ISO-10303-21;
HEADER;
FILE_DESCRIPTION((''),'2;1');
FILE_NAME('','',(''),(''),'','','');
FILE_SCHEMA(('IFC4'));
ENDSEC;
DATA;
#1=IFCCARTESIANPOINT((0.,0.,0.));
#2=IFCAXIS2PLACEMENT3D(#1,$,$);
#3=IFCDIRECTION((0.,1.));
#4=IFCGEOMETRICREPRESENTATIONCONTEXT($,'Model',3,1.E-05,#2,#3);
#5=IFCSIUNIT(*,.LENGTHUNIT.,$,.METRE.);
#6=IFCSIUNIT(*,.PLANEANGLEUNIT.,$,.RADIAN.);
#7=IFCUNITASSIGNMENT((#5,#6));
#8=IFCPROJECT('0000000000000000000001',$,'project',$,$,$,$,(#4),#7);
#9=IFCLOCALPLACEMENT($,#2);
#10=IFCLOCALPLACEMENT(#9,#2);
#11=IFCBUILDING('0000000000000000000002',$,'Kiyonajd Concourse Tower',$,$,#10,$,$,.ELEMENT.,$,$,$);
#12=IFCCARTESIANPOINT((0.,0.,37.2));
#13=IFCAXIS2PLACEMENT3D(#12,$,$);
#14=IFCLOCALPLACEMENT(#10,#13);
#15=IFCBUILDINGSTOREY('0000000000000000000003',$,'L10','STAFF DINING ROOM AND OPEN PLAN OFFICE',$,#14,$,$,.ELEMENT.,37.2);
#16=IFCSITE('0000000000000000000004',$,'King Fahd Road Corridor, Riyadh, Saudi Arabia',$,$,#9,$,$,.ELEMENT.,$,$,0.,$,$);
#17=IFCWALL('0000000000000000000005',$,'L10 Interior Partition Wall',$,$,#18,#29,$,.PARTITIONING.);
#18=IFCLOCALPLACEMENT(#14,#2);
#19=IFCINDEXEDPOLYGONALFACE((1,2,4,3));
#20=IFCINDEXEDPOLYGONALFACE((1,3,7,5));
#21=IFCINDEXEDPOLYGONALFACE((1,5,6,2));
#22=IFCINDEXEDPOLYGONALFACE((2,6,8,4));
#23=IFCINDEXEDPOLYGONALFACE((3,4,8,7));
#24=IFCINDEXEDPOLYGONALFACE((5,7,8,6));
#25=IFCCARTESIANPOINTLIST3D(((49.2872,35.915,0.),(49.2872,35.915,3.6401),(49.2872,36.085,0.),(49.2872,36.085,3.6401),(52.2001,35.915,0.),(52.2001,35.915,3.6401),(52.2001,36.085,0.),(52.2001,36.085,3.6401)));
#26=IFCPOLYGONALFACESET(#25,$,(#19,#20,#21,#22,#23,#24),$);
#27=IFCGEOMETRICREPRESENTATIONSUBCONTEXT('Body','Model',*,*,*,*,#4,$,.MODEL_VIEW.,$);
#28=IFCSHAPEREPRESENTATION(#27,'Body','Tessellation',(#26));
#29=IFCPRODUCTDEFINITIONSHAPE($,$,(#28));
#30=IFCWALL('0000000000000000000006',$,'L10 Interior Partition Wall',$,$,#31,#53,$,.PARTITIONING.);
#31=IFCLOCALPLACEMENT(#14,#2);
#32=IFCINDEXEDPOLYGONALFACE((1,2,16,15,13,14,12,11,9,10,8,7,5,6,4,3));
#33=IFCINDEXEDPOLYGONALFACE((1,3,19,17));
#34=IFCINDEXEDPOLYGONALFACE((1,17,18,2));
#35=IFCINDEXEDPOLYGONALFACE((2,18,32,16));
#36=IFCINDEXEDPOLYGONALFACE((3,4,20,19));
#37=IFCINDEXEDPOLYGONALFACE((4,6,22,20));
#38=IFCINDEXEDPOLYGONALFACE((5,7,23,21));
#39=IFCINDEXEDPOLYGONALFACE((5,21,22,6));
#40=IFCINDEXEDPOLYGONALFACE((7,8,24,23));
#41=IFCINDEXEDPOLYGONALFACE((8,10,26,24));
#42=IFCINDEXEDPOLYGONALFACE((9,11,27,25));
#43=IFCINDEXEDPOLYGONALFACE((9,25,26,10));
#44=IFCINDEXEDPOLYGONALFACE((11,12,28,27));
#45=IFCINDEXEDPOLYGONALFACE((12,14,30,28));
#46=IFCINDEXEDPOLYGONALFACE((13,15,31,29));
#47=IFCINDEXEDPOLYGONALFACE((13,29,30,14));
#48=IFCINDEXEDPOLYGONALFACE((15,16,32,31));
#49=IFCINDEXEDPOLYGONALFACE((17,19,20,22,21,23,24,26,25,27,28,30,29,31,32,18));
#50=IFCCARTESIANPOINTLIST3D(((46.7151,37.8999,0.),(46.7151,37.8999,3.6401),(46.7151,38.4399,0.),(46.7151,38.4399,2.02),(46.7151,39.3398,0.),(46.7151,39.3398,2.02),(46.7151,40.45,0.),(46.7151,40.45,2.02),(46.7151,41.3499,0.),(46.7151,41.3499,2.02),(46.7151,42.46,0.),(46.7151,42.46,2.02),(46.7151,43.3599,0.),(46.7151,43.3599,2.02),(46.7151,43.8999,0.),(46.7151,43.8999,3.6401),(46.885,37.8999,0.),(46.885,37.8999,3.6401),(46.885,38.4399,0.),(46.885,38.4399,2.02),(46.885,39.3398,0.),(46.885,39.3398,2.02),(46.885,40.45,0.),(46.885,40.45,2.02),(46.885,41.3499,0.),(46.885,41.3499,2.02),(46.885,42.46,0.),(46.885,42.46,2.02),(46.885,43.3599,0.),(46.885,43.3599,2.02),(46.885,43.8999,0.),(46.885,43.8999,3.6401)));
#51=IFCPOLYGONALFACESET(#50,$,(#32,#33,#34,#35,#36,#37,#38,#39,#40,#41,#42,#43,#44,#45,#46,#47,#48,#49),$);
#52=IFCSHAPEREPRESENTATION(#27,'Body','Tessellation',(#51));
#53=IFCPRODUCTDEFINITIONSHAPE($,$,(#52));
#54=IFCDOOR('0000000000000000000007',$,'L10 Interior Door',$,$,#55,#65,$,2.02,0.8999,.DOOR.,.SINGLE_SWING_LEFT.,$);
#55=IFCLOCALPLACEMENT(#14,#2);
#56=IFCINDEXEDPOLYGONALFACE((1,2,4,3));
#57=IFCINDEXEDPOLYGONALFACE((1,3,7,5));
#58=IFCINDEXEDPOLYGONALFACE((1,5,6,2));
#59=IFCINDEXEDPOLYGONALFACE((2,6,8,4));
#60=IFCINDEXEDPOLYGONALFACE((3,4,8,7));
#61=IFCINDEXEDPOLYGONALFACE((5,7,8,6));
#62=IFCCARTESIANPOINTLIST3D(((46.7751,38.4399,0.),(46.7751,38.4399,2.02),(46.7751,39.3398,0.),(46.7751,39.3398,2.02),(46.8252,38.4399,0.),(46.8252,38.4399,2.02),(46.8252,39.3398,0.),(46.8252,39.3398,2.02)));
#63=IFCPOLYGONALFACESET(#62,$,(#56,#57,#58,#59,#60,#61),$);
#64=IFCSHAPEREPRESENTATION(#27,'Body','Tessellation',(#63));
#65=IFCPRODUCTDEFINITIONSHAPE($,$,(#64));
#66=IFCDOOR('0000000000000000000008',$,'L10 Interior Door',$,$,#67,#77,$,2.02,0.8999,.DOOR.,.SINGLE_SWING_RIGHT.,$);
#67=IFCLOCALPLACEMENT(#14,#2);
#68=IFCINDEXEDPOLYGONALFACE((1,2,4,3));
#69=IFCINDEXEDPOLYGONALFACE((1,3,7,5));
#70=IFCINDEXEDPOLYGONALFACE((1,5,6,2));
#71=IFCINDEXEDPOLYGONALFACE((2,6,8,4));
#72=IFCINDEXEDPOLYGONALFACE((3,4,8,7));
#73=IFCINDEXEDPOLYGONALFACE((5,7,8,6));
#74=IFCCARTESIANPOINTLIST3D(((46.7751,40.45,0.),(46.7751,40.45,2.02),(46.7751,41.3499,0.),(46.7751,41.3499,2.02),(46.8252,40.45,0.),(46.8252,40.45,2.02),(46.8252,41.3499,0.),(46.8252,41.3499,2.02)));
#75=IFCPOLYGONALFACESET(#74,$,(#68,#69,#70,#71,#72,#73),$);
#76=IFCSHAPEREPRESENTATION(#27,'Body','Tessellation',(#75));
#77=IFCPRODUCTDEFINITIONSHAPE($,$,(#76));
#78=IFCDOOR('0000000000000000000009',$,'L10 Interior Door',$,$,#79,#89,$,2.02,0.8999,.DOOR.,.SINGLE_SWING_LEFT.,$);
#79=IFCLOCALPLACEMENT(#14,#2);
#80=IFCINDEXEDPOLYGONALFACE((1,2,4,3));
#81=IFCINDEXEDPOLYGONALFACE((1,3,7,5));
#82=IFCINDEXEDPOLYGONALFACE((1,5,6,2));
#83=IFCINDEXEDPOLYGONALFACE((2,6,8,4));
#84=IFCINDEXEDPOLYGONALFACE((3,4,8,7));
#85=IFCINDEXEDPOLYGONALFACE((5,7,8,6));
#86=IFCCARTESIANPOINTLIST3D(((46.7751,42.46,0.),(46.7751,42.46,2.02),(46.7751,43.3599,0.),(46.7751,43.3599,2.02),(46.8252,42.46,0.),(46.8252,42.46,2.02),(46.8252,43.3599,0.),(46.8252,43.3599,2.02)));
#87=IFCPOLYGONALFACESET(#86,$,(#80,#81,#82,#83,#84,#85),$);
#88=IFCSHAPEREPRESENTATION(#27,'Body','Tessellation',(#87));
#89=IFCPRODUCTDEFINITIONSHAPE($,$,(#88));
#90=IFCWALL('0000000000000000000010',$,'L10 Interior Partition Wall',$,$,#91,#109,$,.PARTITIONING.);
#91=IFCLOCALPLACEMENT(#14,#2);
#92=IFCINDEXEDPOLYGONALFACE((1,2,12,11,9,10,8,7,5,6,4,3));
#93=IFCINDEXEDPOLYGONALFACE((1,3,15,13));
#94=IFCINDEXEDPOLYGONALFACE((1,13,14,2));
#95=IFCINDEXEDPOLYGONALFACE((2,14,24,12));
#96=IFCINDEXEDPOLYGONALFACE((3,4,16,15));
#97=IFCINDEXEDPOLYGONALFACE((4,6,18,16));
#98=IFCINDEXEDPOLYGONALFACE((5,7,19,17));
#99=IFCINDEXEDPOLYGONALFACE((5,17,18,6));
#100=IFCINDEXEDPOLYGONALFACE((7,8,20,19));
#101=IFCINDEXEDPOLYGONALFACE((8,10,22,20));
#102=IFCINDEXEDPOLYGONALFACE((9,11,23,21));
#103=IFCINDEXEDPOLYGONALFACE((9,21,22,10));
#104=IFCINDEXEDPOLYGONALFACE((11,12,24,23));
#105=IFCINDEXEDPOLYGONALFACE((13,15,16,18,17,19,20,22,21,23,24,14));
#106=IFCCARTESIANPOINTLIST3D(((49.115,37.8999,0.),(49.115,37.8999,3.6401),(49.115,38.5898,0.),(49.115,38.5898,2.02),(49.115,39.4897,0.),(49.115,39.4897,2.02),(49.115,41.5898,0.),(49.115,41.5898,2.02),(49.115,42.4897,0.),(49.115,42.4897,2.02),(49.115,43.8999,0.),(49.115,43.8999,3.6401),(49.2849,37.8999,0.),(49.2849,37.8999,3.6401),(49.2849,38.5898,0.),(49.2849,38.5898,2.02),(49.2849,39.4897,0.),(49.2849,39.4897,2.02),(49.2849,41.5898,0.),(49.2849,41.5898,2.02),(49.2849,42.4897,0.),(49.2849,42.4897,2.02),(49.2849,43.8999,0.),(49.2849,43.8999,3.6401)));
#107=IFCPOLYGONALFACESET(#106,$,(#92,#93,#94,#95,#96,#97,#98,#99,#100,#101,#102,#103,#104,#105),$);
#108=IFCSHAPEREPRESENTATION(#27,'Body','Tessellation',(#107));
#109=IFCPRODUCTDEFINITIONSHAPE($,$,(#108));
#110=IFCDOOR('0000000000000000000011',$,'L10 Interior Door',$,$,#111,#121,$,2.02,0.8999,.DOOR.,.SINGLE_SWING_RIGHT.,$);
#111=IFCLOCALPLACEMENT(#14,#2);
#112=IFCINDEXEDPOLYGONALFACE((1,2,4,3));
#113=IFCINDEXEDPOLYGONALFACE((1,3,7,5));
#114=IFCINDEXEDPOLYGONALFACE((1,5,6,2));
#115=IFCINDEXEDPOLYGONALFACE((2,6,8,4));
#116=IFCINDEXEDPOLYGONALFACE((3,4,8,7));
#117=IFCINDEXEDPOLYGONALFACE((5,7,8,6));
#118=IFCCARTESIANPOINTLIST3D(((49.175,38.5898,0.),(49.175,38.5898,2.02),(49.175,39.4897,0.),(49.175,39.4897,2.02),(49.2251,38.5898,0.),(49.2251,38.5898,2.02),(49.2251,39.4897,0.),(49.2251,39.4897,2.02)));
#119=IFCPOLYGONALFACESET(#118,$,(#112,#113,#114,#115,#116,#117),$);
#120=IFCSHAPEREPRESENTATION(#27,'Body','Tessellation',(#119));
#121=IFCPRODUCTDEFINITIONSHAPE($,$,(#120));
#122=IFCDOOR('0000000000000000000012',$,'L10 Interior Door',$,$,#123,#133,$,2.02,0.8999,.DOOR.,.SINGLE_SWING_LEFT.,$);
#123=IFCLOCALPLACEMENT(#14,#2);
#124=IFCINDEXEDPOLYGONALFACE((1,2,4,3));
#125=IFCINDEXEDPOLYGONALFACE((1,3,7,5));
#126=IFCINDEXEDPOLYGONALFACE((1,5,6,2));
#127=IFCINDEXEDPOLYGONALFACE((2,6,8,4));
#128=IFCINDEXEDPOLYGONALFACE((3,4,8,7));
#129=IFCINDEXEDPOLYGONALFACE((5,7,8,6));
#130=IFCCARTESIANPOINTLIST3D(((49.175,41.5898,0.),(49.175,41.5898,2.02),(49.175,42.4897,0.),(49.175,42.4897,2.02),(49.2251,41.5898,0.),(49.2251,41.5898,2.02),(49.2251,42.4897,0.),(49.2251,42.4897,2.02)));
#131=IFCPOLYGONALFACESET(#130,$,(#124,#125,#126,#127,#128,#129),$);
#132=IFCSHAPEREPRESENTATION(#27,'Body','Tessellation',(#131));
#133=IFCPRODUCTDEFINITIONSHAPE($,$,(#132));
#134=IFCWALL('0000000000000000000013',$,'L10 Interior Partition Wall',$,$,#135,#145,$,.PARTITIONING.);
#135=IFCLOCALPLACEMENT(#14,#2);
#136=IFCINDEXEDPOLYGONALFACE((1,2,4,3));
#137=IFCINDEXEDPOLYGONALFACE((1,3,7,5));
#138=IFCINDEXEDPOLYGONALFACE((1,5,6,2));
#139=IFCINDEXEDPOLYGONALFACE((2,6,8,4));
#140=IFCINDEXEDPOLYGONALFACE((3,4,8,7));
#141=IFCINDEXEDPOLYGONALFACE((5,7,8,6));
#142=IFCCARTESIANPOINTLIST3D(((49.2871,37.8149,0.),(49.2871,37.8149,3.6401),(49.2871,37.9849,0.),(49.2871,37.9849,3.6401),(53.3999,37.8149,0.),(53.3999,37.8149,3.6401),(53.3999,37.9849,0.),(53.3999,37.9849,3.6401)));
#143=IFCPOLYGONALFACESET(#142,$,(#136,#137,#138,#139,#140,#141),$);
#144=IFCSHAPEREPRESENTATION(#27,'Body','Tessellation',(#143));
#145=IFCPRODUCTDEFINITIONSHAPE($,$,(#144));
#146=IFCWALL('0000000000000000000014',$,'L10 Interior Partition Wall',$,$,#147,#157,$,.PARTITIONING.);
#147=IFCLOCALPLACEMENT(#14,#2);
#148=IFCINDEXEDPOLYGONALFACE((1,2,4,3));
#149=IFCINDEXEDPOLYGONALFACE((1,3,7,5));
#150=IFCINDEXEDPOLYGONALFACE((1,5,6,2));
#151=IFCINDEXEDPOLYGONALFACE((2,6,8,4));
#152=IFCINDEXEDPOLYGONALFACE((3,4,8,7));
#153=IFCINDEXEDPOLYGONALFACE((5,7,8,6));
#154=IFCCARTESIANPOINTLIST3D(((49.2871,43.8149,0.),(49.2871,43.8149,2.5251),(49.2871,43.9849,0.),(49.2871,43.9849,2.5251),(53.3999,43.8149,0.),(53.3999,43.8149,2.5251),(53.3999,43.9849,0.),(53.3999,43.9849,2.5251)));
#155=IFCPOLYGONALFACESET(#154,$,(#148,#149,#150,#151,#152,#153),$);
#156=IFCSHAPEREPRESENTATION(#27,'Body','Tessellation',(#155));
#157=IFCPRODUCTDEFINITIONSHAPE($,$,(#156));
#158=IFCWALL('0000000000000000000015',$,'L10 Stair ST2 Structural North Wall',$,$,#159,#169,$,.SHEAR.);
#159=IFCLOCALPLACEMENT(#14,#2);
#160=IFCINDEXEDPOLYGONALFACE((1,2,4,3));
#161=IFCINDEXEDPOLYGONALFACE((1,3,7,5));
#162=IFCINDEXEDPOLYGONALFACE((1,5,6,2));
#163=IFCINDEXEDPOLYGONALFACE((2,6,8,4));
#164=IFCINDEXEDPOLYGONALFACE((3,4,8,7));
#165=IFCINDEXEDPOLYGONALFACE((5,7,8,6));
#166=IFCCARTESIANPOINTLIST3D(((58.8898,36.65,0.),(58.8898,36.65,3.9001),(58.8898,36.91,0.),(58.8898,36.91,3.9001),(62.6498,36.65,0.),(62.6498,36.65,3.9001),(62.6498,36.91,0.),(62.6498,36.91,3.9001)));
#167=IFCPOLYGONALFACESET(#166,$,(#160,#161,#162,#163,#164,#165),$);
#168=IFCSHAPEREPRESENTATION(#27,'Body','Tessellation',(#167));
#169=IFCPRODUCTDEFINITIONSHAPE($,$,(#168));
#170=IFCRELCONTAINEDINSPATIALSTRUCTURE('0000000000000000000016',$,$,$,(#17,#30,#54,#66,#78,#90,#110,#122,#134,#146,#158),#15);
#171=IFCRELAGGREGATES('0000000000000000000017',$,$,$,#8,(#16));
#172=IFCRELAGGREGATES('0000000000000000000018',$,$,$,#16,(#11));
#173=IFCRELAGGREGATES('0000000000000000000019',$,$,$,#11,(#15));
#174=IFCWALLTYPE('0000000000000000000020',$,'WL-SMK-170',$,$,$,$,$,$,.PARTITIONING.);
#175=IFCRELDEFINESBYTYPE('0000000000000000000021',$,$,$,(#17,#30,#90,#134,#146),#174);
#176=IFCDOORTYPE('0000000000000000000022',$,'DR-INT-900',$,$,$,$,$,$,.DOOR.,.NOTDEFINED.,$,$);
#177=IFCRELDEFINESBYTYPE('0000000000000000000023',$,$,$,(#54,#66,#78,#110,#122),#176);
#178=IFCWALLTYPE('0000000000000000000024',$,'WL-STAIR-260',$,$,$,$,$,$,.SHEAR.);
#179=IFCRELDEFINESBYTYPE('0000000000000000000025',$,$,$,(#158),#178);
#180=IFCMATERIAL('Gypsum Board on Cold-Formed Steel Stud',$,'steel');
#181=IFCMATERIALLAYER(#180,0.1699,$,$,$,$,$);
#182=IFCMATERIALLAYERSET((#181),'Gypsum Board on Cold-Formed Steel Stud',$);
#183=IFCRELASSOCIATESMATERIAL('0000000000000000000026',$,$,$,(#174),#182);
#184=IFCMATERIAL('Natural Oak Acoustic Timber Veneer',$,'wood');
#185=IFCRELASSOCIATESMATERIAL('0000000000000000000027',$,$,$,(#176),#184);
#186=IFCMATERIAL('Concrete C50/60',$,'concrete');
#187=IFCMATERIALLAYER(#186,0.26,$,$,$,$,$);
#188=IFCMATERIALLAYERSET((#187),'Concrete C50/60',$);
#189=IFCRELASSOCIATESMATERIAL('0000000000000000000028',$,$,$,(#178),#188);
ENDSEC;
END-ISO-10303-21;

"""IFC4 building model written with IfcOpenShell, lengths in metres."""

from ifc_helpers import new_model, si_unit, direction, frame, frame_2d, origin, place, context, subcontext, project, spatial, rectangle, extrude, material, layer, layer_set, type_object, element, fill, save


model = new_model("IFC4")

# Units and contexts
model_context = context("Model", 3, precision=1e-05, world=origin(), true_north=direction((0.0, 1.0)))
body_context = subcontext(model_context, "Body", "Model", "MODEL_VIEW")
ifc_project = project(units=[si_unit("LENGTHUNIT", "METRE"), si_unit("PLANEANGLEUNIT", "RADIAN")], contexts=[model_context])

# Site, building, storey
site_placement = place(None, origin())
site = spatial("IfcSite", under=ifc_project, at=site_placement, Name="King Fahd Road Corridor, Riyadh, Saudi Arabia", CompositionType="ELEMENT", RefElevation=0.0)
building_placement = place(site_placement, origin())
building = spatial("IfcBuilding", under=site, at=building_placement, Name="Kiyonajd Concourse Tower", CompositionType="ELEMENT")
storey_placement = place(building_placement, frame((0.0, 0.0, 37.2)))
storey = spatial("IfcBuildingStorey", under=building, at=storey_placement, Name="L10", Description="STAFF DINING ROOM AND OPEN PLAN OFFICE", CompositionType="ELEMENT", Elevation=37.2)

# Shared definitions
ifc_material_1 = material(Name="Concrete C50/60", Category="concrete")

# Wall
ifc_material_2 = material(Name="Gypsum Board on Cold-Formed Steel Stud", Category="steel")
ifc_layer_1 = layer(ifc_material_2, 0.1699)
ifc_layer_set_1 = layer_set([ifc_layer_1], Name="Gypsum Board on Cold-Formed Steel Stud")
wall_type_1 = type_object("IfcWallType", Name="WL-SMK-170", PredefinedType="PARTITIONING", material=ifc_layer_set_1)
wall_1_placement = place(storey_placement, frame((49.2871, 36.0, 0.0), z_axis=(0.0, 0.0, 1.0), x_axis=(1.0, 0.0, 0.0)))
element("IfcWall", 1, at=wall_1_placement, inside=storey, type_object=wall_type_1, Name="L10 Interior Partition Wall", PredefinedType="PARTITIONING", context=body_context, shape_type="SweptSolid", body=[
    extrude(rectangle(XDim=2.9128, YDim=0.1699, at=frame_2d((1.4565, 0.0))), origin(), (0.0, 0.0, 1.0), 3.6401),
])

# Walls, openings, doors
wall_2_placement = place(storey_placement, frame((46.8, 37.8999, 0.0), z_axis=(0.0, 0.0, 1.0), x_axis=(0.0, 1.0, 0.0)))
wall_2 = element("IfcWall", 2, at=wall_2_placement, inside=storey, type_object=wall_type_1, Name="L10 Interior Partition Wall", PredefinedType="PARTITIONING", context=body_context, shape_type="SweptSolid", body=[
    extrude(rectangle(XDim=6.0, YDim=0.1699, at=frame_2d((3.0, 0.0))), origin(), (0.0, 0.0, 1.0), 3.6401),
])
opening_1_placement = place(wall_2_placement, frame((0.54, 0.0, 0.0)))
opening_1 = element("IfcOpeningElement", 3, at=opening_1_placement, cuts=wall_2, PredefinedType="OPENING", context=body_context, shape_type="SweptSolid", body=[
    extrude(rectangle(XDim=0.8999, YDim=2.02, at=frame_2d((0.45, 1.01))), frame((0.0, 0.095, 0.0), z_axis=(0.0, -1.0, 0.0), x_axis=(1.0, 0.0, 0.0)), (0.0, 0.0, 1.0), 0.1899),
])
opening_2_placement = place(wall_2_placement, frame((2.55, 0.0, 0.0)))
opening_2 = element("IfcOpeningElement", 4, at=opening_2_placement, cuts=wall_2, PredefinedType="OPENING", context=body_context, shape_type="SweptSolid", body=[
    extrude(rectangle(XDim=0.8999, YDim=2.02, at=frame_2d((0.45, 1.01))), frame((0.0, 0.095, 0.0), z_axis=(0.0, -1.0, 0.0), x_axis=(1.0, 0.0, 0.0)), (0.0, 0.0, 1.0), 0.1899),
])
opening_3_placement = place(wall_2_placement, frame((4.5601, 0.0, 0.0)))
opening_3 = element("IfcOpeningElement", 5, at=opening_3_placement, cuts=wall_2, PredefinedType="OPENING", context=body_context, shape_type="SweptSolid", body=[
    extrude(rectangle(XDim=0.8999, YDim=2.02, at=frame_2d((0.45, 1.01))), frame((0.0, 0.095, 0.0), z_axis=(0.0, -1.0, 0.0), x_axis=(1.0, 0.0, 0.0)), (0.0, 0.0, 1.0), 0.1899),
])
ifc_material_3 = material(Name="Natural Oak Acoustic Timber Veneer", Category="wood")
door_type_1 = type_object("IfcDoorType", Name="DR-INT-900", OperationType="NOTDEFINED", PredefinedType="DOOR", material=ifc_material_3)
door_1_placement = place(opening_1_placement, origin())
door_1 = element("IfcDoor", 6, at=door_1_placement, inside=storey, type_object=door_type_1, Name="L10 Interior Door", OperationType="SINGLE_SWING_LEFT", OverallHeight=2.02, OverallWidth=0.8999, PredefinedType="DOOR", context=body_context, shape_type="SweptSolid", body=[
    extrude(rectangle(XDim=0.8999, YDim=2.02, at=frame_2d((0.45, 1.01))), frame((0.0, 0.0249, 0.0), z_axis=(0.0, -1.0, 0.0), x_axis=(1.0, 0.0, 0.0)), (0.0, 0.0, 1.0), 0.05),
])
fill(opening_1, door_1)
door_2_placement = place(opening_2_placement, origin())
door_2 = element("IfcDoor", 7, at=door_2_placement, inside=storey, type_object=door_type_1, Name="L10 Interior Door", OperationType="SINGLE_SWING_RIGHT", OverallHeight=2.02, OverallWidth=0.8999, PredefinedType="DOOR", context=body_context, shape_type="SweptSolid", body=[
    extrude(rectangle(XDim=0.8999, YDim=2.02, at=frame_2d((0.45, 1.01))), frame((0.0, 0.0249, 0.0), z_axis=(0.0, -1.0, 0.0), x_axis=(1.0, 0.0, 0.0)), (0.0, 0.0, 1.0), 0.05),
])
fill(opening_2, door_2)
door_3_placement = place(opening_3_placement, origin())
door_3 = element("IfcDoor", 8, at=door_3_placement, inside=storey, type_object=door_type_1, Name="L10 Interior Door", OperationType="SINGLE_SWING_LEFT", OverallHeight=2.02, OverallWidth=0.8999, PredefinedType="DOOR", context=body_context, shape_type="SweptSolid", body=[
    extrude(rectangle(XDim=0.8999, YDim=2.02, at=frame_2d((0.45, 1.01))), frame((0.0, 0.0249, 0.0), z_axis=(0.0, -1.0, 0.0), x_axis=(1.0, 0.0, 0.0)), (0.0, 0.0, 1.0), 0.05),
])
fill(opening_3, door_3)
wall_3_placement = place(storey_placement, frame((49.2, 37.8999, 0.0), z_axis=(0.0, 0.0, 1.0), x_axis=(0.0, 1.0, 0.0)))
wall_3 = element("IfcWall", 9, at=wall_3_placement, inside=storey, type_object=wall_type_1, Name="L10 Interior Partition Wall", PredefinedType="PARTITIONING", context=body_context, shape_type="SweptSolid", body=[
    extrude(rectangle(XDim=6.0, YDim=0.1699, at=frame_2d((3.0, 0.0))), origin(), (0.0, 0.0, 1.0), 3.6401),
])
opening_4_placement = place(wall_3_placement, frame((0.6899, 0.0, 0.0)))
opening_4 = element("IfcOpeningElement", 10, at=opening_4_placement, cuts=wall_3, PredefinedType="OPENING", context=body_context, shape_type="SweptSolid", body=[
    extrude(rectangle(XDim=0.8999, YDim=2.02, at=frame_2d((0.45, 1.01))), frame((0.0, 0.095, 0.0), z_axis=(0.0, -1.0, 0.0), x_axis=(1.0, 0.0, 0.0)), (0.0, 0.0, 1.0), 0.1899),
])
opening_5_placement = place(wall_3_placement, frame((3.6899, 0.0, 0.0)))
opening_5 = element("IfcOpeningElement", 11, at=opening_5_placement, cuts=wall_3, PredefinedType="OPENING", context=body_context, shape_type="SweptSolid", body=[
    extrude(rectangle(XDim=0.8999, YDim=2.02, at=frame_2d((0.45, 1.01))), frame((0.0, 0.095, 0.0), z_axis=(0.0, -1.0, 0.0), x_axis=(1.0, 0.0, 0.0)), (0.0, 0.0, 1.0), 0.1899),
])
door_4_placement = place(opening_4_placement, origin())
door_4 = element("IfcDoor", 12, at=door_4_placement, inside=storey, type_object=door_type_1, Name="L10 Interior Door", OperationType="SINGLE_SWING_RIGHT", OverallHeight=2.02, OverallWidth=0.8999, PredefinedType="DOOR", context=body_context, shape_type="SweptSolid", body=[
    extrude(rectangle(XDim=0.8999, YDim=2.02, at=frame_2d((0.45, 1.01))), frame((0.0, 0.0249, 0.0), z_axis=(0.0, -1.0, 0.0), x_axis=(1.0, 0.0, 0.0)), (0.0, 0.0, 1.0), 0.05),
])
fill(opening_4, door_4)
door_5_placement = place(opening_5_placement, origin())
door_5 = element("IfcDoor", 13, at=door_5_placement, inside=storey, type_object=door_type_1, Name="L10 Interior Door", OperationType="SINGLE_SWING_LEFT", OverallHeight=2.02, OverallWidth=0.8999, PredefinedType="DOOR", context=body_context, shape_type="SweptSolid", body=[
    extrude(rectangle(XDim=0.8999, YDim=2.02, at=frame_2d((0.45, 1.01))), frame((0.0, 0.0249, 0.0), z_axis=(0.0, -1.0, 0.0), x_axis=(1.0, 0.0, 0.0)), (0.0, 0.0, 1.0), 0.05),
])
fill(opening_5, door_5)

# Walls
wall_4_placement = place(storey_placement, frame((49.2871, 37.8999, 0.0), z_axis=(0.0, 0.0, 1.0), x_axis=(1.0, 0.0, 0.0)))
element("IfcWall", 14, at=wall_4_placement, inside=storey, type_object=wall_type_1, Name="L10 Interior Partition Wall", PredefinedType="PARTITIONING", context=body_context, shape_type="SweptSolid", body=[
    extrude(rectangle(XDim=4.1128, YDim=0.1699, at=frame_2d((2.0564, 0.0))), origin(), (0.0, 0.0, 1.0), 3.6401),
])
wall_5_placement = place(storey_placement, frame((49.2871, 43.8999, 0.0), z_axis=(0.0, 0.0, 1.0), x_axis=(1.0, 0.0, 0.0)))
element("IfcWall", 15, at=wall_5_placement, inside=storey, type_object=wall_type_1, Name="L10 Interior Partition Wall", PredefinedType="PARTITIONING", context=body_context, shape_type="SweptSolid", body=[
    extrude(rectangle(XDim=4.1128, YDim=0.1699, at=frame_2d((2.0564, 0.0))), origin(), (0.0, 0.0, 1.0), 2.5251),
])
ifc_layer_2 = layer(ifc_material_1, 0.26)
ifc_layer_set_2 = layer_set([ifc_layer_2], Name="Concrete C50/60")
wall_type_2 = type_object("IfcWallType", Name="WL-STAIR-260", PredefinedType="SHEAR", material=ifc_layer_set_2)
wall_6_placement = place(storey_placement, frame((58.8899, 36.78, 0.0), z_axis=(0.0, 0.0, 1.0), x_axis=(1.0, 0.0, 0.0)))
element("IfcWall", 16, at=wall_6_placement, inside=storey, type_object=wall_type_2, Name="L10 Stair ST2 Structural North Wall", PredefinedType="SHEAR", context=body_context, shape_type="SweptSolid", body=[
    extrude(rectangle(XDim=3.76, YDim=0.26, at=frame_2d((1.8799, 0.0))), origin(), (0.0, 0.0, 1.0), 3.9001),
])

save(model, "model.ifc")
